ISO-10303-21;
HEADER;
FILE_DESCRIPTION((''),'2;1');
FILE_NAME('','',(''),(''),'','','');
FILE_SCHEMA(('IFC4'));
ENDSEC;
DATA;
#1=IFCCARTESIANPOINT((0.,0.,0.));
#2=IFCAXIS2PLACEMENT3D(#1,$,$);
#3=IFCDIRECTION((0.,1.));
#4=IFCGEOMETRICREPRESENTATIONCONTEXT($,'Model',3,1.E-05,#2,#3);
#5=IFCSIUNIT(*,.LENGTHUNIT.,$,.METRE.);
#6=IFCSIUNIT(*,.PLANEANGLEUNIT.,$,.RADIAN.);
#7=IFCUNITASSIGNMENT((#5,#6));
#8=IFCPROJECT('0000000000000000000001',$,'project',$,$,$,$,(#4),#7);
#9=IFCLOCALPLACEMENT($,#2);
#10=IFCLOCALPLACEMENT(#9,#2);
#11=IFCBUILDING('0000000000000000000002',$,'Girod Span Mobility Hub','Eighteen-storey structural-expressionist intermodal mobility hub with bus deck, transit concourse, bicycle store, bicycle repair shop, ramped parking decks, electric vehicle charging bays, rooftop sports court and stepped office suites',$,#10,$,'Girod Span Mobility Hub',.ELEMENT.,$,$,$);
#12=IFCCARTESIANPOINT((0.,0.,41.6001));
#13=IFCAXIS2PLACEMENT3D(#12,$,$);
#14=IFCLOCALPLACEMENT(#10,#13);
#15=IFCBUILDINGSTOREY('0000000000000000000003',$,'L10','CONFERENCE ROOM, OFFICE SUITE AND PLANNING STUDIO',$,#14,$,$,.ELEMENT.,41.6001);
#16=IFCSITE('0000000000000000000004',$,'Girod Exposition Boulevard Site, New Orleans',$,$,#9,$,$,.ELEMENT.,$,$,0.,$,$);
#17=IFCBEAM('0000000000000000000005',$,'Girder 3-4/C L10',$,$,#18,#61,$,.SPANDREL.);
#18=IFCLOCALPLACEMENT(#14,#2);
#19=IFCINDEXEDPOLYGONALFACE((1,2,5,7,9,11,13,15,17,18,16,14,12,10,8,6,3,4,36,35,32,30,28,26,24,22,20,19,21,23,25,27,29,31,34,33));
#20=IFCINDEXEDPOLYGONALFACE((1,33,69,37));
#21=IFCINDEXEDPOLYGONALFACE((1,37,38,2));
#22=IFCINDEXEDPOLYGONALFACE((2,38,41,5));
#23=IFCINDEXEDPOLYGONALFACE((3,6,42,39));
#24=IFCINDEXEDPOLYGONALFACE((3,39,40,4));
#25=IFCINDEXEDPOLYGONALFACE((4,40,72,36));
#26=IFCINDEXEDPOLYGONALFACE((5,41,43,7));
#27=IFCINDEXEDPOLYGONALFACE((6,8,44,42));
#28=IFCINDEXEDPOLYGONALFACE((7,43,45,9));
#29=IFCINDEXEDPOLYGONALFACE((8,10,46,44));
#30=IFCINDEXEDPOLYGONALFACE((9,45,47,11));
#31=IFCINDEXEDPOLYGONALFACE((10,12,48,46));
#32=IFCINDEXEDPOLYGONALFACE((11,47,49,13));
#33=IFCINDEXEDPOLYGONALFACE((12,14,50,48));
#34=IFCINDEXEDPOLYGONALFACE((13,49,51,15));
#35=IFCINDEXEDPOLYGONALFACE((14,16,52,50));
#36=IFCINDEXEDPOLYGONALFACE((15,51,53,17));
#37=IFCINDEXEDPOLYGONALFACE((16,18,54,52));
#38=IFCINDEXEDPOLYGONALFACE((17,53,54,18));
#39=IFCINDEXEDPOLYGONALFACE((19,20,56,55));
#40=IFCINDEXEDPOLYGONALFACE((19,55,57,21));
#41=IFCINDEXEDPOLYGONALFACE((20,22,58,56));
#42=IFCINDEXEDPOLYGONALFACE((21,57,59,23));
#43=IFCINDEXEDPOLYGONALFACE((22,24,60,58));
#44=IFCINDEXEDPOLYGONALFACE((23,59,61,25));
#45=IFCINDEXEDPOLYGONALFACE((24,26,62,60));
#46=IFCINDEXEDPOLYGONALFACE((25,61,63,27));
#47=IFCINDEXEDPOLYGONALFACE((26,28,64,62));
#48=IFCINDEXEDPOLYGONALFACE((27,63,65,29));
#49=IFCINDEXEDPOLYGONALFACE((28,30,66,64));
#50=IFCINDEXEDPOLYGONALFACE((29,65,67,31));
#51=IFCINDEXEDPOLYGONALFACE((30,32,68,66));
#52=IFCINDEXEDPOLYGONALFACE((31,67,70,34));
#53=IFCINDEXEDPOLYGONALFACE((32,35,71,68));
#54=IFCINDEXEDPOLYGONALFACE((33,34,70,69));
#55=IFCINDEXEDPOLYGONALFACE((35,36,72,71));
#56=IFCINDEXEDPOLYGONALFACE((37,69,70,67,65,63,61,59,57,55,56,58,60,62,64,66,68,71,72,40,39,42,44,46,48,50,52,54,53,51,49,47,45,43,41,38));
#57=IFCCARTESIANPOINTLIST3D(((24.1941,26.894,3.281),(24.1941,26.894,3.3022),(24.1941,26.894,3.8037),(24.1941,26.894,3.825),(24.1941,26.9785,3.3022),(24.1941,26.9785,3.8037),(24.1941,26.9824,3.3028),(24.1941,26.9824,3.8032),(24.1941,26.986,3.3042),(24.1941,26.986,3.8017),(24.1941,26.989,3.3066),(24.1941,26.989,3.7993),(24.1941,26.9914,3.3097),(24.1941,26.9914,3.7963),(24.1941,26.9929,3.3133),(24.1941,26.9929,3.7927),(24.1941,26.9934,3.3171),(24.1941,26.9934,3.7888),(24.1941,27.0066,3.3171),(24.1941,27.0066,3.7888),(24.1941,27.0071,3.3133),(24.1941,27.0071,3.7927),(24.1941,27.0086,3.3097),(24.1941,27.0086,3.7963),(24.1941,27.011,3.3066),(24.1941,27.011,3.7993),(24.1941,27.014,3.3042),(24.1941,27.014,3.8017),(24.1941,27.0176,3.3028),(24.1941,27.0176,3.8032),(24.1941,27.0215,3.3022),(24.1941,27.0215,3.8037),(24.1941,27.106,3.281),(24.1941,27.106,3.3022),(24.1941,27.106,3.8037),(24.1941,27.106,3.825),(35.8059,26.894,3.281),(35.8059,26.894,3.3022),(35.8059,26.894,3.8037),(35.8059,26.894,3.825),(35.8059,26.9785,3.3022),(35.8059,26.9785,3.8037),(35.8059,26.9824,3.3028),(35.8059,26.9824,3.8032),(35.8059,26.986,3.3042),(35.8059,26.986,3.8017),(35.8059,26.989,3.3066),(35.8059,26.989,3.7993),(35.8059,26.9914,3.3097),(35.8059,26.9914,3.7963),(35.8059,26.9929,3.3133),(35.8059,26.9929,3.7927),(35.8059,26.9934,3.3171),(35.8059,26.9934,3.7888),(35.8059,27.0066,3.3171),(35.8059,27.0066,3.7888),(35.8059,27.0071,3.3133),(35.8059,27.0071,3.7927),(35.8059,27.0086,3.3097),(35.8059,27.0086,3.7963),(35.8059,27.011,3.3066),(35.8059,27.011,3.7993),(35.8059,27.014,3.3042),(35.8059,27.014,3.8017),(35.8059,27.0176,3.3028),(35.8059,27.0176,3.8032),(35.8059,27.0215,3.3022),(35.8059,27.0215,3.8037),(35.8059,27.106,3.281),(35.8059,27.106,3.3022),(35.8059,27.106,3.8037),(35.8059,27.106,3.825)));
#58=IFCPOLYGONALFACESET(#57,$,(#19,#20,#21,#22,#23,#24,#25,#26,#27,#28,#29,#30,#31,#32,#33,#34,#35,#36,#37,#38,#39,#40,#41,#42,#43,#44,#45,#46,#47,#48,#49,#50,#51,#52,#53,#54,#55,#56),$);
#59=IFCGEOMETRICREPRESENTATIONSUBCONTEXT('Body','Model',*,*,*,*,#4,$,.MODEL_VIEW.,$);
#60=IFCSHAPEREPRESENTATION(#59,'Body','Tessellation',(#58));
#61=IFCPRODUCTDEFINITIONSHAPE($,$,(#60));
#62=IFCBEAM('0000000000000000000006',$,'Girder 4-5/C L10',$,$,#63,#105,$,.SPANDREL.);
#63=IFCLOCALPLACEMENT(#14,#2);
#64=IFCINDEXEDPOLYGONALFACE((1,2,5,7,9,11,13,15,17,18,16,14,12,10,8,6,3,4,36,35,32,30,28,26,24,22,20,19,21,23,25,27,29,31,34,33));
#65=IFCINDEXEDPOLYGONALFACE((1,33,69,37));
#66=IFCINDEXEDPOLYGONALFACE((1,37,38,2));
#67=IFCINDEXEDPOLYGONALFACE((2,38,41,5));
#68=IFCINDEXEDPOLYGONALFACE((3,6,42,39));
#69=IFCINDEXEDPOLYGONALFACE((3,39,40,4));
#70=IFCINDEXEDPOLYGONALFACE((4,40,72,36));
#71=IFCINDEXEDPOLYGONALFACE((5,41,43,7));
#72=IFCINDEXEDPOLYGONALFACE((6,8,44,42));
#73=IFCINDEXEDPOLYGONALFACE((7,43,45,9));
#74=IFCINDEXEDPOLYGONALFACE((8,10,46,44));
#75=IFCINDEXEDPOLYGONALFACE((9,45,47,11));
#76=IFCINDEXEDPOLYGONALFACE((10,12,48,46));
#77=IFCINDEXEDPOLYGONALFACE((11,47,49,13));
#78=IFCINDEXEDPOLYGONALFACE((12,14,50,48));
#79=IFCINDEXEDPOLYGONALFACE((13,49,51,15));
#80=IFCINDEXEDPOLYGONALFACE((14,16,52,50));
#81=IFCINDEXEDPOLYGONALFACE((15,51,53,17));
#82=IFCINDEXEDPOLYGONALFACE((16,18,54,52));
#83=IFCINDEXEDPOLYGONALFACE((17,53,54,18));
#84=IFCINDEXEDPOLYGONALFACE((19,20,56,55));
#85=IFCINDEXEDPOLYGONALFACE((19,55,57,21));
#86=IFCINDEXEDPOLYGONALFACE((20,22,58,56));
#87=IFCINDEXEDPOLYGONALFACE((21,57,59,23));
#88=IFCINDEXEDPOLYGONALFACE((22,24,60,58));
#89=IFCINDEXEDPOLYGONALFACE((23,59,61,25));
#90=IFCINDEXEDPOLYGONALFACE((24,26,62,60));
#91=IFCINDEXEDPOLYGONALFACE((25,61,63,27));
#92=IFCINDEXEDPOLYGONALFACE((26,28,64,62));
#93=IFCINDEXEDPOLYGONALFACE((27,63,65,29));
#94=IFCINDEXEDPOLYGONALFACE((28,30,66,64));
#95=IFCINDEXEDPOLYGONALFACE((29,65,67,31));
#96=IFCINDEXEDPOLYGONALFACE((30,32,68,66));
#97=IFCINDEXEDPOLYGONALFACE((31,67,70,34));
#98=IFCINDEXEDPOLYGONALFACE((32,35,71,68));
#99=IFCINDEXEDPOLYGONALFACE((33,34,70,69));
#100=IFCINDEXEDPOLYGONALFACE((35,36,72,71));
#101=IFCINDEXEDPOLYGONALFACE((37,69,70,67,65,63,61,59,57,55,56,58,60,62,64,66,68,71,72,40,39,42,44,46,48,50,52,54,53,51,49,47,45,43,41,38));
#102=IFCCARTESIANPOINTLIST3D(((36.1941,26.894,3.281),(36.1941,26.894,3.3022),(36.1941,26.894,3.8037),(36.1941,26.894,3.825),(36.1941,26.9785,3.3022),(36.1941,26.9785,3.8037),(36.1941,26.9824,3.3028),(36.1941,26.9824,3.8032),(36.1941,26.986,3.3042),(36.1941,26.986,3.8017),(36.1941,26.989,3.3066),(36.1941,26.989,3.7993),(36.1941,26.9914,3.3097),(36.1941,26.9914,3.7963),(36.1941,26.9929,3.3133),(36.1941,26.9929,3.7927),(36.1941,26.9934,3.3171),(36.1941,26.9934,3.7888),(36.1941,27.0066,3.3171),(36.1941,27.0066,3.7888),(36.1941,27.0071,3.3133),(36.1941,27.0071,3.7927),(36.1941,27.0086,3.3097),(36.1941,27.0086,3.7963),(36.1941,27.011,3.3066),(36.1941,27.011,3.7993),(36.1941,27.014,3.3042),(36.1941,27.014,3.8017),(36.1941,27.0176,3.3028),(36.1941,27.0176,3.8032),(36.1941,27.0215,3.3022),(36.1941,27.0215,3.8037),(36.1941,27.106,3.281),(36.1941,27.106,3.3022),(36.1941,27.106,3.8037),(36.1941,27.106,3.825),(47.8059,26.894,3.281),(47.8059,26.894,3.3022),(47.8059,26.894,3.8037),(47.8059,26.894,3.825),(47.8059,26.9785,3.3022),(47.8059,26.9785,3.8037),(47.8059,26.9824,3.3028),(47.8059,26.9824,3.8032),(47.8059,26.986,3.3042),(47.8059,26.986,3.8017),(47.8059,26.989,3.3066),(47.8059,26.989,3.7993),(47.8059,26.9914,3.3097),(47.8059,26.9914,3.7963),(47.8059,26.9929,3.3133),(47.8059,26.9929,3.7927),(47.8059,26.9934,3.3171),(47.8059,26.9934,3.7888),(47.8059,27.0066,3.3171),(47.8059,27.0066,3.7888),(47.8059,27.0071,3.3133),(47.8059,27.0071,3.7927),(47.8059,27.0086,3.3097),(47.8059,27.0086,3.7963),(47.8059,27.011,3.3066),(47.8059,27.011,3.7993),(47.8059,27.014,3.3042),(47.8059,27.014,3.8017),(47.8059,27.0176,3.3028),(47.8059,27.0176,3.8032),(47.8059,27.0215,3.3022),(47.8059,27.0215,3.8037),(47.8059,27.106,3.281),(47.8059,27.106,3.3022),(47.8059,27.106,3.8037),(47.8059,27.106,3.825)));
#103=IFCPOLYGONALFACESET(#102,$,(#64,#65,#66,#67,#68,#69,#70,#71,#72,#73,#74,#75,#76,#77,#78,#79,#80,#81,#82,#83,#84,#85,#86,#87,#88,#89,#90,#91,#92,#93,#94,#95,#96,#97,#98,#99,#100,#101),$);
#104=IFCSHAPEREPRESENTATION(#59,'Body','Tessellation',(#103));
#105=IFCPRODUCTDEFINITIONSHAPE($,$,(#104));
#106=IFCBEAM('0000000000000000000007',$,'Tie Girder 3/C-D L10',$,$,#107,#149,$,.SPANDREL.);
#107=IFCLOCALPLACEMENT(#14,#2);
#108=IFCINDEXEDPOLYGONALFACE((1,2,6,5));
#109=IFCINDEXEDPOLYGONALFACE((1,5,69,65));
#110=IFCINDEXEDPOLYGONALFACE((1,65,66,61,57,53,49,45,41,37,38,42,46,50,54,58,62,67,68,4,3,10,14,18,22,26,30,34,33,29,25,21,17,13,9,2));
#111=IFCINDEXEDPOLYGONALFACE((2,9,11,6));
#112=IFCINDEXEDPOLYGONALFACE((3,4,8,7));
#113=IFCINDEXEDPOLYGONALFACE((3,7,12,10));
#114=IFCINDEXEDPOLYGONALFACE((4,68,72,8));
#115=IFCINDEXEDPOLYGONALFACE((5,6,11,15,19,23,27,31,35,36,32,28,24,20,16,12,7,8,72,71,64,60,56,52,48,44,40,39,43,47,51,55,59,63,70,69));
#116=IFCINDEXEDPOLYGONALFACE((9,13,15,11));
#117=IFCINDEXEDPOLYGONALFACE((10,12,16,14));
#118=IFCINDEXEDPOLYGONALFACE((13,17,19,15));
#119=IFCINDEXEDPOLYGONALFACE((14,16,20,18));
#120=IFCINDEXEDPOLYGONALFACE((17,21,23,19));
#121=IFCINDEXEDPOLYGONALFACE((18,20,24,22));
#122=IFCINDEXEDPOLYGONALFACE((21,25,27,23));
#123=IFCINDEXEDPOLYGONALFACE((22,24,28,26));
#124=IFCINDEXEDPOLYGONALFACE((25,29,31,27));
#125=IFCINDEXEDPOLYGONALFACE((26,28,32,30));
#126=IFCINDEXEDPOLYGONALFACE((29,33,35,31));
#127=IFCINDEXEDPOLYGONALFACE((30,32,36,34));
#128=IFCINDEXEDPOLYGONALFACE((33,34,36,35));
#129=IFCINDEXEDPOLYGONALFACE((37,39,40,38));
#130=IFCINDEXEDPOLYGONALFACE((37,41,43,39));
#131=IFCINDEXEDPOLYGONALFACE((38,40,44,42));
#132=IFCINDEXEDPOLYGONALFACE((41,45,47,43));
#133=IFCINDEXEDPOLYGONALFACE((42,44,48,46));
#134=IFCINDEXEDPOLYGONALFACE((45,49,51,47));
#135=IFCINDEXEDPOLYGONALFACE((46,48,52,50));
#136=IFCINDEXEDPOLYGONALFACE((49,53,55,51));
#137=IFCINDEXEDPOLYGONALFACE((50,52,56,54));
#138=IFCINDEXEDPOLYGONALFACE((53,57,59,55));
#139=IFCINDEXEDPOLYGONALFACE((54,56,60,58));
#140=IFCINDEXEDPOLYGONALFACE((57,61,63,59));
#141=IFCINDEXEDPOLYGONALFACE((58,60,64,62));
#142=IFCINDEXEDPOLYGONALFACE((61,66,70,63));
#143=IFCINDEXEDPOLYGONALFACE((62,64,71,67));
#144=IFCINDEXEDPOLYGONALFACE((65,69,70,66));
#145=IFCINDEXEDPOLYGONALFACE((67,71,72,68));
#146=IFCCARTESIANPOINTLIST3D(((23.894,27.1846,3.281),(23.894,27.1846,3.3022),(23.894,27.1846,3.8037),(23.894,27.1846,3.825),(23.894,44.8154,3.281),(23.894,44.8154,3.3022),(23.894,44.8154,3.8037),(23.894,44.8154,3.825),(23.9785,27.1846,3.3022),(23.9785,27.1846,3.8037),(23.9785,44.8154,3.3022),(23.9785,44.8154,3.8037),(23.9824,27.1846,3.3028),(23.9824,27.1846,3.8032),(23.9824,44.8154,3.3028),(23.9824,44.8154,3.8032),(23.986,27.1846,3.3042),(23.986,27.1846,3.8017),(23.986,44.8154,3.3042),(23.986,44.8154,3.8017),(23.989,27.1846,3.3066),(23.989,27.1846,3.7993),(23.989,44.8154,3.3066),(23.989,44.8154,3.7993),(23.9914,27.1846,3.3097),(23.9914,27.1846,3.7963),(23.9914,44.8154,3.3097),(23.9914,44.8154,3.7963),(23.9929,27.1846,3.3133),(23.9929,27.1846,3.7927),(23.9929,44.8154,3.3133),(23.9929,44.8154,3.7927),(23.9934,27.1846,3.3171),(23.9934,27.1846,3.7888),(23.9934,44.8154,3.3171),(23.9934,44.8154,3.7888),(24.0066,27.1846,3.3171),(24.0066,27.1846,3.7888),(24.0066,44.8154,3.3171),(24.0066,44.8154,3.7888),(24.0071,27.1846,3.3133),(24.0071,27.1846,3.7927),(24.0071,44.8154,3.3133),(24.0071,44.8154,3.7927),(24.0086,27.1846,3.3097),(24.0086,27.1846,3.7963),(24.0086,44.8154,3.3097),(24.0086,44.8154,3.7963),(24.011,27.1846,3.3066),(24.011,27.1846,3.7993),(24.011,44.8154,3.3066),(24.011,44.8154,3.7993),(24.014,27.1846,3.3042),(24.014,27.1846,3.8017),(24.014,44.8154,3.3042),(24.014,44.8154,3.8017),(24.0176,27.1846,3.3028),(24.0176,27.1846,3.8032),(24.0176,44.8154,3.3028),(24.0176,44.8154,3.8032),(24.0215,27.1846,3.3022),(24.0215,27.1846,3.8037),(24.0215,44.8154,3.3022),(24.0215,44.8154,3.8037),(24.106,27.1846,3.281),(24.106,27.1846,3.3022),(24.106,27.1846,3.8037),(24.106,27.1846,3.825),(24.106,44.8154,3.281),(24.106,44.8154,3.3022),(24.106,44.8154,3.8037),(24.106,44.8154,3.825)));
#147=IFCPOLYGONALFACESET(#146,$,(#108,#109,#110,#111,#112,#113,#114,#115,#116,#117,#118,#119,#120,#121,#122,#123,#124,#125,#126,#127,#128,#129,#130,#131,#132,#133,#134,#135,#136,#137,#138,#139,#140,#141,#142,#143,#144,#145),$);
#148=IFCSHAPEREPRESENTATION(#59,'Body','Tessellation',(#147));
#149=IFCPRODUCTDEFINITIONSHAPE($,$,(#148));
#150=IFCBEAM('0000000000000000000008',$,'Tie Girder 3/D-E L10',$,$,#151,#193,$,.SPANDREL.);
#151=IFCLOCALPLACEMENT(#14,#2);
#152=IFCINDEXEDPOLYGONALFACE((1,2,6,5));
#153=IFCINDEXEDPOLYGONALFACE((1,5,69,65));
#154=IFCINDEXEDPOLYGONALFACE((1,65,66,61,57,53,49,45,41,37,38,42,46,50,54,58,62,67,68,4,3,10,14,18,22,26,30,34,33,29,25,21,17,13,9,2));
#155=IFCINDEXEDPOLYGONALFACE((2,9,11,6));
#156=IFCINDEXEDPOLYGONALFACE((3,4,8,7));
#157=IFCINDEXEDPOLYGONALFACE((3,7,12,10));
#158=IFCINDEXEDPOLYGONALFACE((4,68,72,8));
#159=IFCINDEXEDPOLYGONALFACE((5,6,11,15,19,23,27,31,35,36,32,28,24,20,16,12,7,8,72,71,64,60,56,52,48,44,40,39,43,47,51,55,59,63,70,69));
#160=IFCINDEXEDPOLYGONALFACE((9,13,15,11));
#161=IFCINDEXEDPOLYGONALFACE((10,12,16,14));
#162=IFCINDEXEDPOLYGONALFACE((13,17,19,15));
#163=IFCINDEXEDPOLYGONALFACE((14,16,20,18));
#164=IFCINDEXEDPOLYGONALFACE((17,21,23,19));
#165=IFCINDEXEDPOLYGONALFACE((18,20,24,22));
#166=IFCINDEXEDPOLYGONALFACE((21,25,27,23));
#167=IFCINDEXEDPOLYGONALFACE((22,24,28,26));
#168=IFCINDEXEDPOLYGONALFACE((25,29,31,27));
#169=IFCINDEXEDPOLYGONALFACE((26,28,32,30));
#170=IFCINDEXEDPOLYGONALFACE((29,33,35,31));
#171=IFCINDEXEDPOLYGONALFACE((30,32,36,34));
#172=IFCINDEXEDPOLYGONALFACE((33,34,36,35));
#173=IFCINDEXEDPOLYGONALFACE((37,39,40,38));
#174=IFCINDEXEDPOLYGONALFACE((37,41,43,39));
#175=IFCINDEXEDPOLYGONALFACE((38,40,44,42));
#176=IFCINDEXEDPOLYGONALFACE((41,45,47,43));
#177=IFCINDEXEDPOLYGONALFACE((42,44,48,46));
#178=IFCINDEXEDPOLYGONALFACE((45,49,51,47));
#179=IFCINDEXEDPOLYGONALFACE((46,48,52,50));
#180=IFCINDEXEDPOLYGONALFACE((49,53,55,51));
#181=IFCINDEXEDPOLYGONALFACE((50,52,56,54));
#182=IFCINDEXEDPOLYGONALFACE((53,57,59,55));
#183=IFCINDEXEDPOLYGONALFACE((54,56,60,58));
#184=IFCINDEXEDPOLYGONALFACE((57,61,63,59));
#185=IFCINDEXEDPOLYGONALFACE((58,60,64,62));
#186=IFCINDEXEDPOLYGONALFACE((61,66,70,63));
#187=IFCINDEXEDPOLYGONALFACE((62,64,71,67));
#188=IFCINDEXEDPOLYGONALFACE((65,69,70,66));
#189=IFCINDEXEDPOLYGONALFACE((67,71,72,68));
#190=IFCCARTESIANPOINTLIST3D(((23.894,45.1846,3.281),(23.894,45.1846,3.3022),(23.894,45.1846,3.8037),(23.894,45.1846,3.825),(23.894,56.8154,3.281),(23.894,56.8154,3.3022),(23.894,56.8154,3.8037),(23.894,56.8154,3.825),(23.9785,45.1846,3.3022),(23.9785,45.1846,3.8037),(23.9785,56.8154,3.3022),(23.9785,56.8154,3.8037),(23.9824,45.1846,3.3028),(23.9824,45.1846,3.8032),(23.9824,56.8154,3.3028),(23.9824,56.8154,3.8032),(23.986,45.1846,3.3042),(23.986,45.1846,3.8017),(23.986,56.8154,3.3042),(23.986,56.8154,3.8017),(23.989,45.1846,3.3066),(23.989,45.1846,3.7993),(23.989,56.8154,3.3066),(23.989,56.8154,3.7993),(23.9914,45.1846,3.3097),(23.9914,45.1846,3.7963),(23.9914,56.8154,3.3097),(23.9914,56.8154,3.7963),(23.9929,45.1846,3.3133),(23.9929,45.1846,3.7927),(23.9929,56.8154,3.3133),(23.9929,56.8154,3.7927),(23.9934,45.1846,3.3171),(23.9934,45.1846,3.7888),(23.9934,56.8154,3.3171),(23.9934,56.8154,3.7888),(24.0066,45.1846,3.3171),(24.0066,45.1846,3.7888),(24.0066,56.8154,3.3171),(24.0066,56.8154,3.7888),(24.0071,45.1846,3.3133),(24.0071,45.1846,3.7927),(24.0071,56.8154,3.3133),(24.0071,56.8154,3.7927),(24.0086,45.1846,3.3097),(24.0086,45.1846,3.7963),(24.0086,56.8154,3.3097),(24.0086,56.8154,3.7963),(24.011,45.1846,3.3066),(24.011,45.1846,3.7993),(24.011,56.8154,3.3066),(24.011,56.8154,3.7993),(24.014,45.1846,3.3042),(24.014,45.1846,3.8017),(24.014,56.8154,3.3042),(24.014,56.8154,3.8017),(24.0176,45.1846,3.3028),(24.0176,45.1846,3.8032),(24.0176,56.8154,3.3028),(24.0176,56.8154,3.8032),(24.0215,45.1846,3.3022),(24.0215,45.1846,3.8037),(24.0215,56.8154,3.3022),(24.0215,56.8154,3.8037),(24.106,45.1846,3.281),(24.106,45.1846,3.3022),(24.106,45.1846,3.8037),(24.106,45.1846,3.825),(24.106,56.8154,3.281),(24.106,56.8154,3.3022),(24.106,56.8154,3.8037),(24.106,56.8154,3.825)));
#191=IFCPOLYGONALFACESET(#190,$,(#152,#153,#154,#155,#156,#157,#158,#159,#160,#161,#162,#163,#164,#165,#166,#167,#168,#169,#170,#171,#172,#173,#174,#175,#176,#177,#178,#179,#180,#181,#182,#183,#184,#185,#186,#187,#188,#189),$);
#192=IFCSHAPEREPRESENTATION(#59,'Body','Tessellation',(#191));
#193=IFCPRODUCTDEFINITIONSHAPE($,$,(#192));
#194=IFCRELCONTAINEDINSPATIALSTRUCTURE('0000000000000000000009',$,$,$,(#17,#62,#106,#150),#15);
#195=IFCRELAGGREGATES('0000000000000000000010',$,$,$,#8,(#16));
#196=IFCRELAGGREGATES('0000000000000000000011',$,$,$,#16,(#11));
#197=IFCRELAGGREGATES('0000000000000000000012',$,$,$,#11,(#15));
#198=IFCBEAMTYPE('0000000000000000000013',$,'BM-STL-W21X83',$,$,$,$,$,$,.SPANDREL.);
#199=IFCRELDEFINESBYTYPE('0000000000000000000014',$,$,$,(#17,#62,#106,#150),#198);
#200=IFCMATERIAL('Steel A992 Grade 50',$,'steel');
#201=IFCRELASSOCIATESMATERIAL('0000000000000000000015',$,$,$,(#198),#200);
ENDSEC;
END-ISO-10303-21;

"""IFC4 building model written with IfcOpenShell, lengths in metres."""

from ifc_helpers import new_model, si_unit, direction, frame, origin, origin_2d, place, context, subcontext, project, spatial, i_section, extrude, material, material_profile, profile_set, type_object, element, save


model = new_model("IFC4")

# Units and contexts
model_context = context("Model", 3, precision=1e-05, world=origin(), true_north=direction((0.0, 1.0)))
body_context = subcontext(model_context, "Body", "Model", "MODEL_VIEW")
ifc_project = project(units=[si_unit("LENGTHUNIT", "METRE"), si_unit("PLANEANGLEUNIT", "RADIAN")], contexts=[model_context])

# Site, building, storey
site_placement = place(None, origin())
site = spatial("IfcSite", under=ifc_project, at=site_placement, Name="Girod Exposition Boulevard Site, New Orleans", CompositionType="ELEMENT", RefElevation=0.0)
building_placement = place(site_placement, origin())
building = spatial("IfcBuilding", under=site, at=building_placement, Name="Girod Span Mobility Hub", Description="Eighteen-storey structural-expressionist intermodal mobility hub with bus deck, transit concourse, bicycle store, bicycle repair shop, ramped parking decks, electric vehicle charging bays, rooftop sports court and stepped office suites", LongName="Girod Span Mobility Hub", CompositionType="ELEMENT")
storey_placement = place(building_placement, frame((0.0, 0.0, 41.6001)))
storey = spatial("IfcBuildingStorey", under=building, at=storey_placement, Name="L10", Description="CONFERENCE ROOM, OFFICE SUITE AND PLANNING STUDIO", CompositionType="ELEMENT", Elevation=41.6001)

# Beams
ifc_material_1 = material(Name="Steel A992 Grade 50", Category="steel")
ifc_material_profile_1 = material_profile(ifc_material_1, i_section(OverallWidth=0.2119, OverallDepth=0.5439, WebThickness=0.0132, FlangeThickness=0.0212, FilletRadius=0.0149, at=origin_2d()), Name="W21X83")
ifc_profile_set_1 = profile_set([ifc_material_profile_1], Name="Steel A992 Grade 50")
beam_type_1 = type_object("IfcBeamType", Name="BM-STL-W21X83", PredefinedType="SPANDREL", material=ifc_profile_set_1)
for number, where, z_axis, x_axis, name in (
    (1, (24.1941, 27.0, 3.553), (1.0, 0.0, 0.0), (0.0, 1.0, 0.0), "Girder 3-4/C L10"),
    (2, (36.1941, 27.0, 3.553), (1.0, 0.0, 0.0), (0.0, 1.0, 0.0), "Girder 4-5/C L10"),
):
    element("IfcBeam", number, at=place(storey_placement, frame(where, z_axis=z_axis, x_axis=x_axis)), inside=storey, type_object=beam_type_1, Name=name, PredefinedType="SPANDREL", context=body_context, shape_type="SweptSolid", body=[
        extrude(i_section(OverallWidth=0.2119, OverallDepth=0.5439, WebThickness=0.0132, FlangeThickness=0.0212, FilletRadius=0.0149, at=origin_2d()), origin(), (0.0, 0.0, 1.0), 11.6118),
    ])
beam_1_placement = place(storey_placement, frame((24.0, 27.1846, 3.553), z_axis=(0.0, 1.0, 0.0), x_axis=(-1.0, 0.0, 0.0)))
element("IfcBeam", 3, at=beam_1_placement, inside=storey, type_object=beam_type_1, Name="Tie Girder 3/C-D L10", PredefinedType="SPANDREL", context=body_context, shape_type="SweptSolid", body=[
    extrude(i_section(OverallWidth=0.2119, OverallDepth=0.5439, WebThickness=0.0132, FlangeThickness=0.0212, FilletRadius=0.0149, at=origin_2d()), origin(), (0.0, 0.0, 1.0), 17.6309),
])
beam_2_placement = place(storey_placement, frame((24.0, 45.1846, 3.553), z_axis=(0.0, 1.0, 0.0), x_axis=(-1.0, 0.0, 0.0)))
element("IfcBeam", 4, at=beam_2_placement, inside=storey, type_object=beam_type_1, Name="Tie Girder 3/D-E L10", PredefinedType="SPANDREL", context=body_context, shape_type="SweptSolid", body=[
    extrude(i_section(OverallWidth=0.2119, OverallDepth=0.5439, WebThickness=0.0132, FlangeThickness=0.0212, FilletRadius=0.0149, at=origin_2d()), origin(), (0.0, 0.0, 1.0), 11.6309),
])

save(model, "model.ifc")
